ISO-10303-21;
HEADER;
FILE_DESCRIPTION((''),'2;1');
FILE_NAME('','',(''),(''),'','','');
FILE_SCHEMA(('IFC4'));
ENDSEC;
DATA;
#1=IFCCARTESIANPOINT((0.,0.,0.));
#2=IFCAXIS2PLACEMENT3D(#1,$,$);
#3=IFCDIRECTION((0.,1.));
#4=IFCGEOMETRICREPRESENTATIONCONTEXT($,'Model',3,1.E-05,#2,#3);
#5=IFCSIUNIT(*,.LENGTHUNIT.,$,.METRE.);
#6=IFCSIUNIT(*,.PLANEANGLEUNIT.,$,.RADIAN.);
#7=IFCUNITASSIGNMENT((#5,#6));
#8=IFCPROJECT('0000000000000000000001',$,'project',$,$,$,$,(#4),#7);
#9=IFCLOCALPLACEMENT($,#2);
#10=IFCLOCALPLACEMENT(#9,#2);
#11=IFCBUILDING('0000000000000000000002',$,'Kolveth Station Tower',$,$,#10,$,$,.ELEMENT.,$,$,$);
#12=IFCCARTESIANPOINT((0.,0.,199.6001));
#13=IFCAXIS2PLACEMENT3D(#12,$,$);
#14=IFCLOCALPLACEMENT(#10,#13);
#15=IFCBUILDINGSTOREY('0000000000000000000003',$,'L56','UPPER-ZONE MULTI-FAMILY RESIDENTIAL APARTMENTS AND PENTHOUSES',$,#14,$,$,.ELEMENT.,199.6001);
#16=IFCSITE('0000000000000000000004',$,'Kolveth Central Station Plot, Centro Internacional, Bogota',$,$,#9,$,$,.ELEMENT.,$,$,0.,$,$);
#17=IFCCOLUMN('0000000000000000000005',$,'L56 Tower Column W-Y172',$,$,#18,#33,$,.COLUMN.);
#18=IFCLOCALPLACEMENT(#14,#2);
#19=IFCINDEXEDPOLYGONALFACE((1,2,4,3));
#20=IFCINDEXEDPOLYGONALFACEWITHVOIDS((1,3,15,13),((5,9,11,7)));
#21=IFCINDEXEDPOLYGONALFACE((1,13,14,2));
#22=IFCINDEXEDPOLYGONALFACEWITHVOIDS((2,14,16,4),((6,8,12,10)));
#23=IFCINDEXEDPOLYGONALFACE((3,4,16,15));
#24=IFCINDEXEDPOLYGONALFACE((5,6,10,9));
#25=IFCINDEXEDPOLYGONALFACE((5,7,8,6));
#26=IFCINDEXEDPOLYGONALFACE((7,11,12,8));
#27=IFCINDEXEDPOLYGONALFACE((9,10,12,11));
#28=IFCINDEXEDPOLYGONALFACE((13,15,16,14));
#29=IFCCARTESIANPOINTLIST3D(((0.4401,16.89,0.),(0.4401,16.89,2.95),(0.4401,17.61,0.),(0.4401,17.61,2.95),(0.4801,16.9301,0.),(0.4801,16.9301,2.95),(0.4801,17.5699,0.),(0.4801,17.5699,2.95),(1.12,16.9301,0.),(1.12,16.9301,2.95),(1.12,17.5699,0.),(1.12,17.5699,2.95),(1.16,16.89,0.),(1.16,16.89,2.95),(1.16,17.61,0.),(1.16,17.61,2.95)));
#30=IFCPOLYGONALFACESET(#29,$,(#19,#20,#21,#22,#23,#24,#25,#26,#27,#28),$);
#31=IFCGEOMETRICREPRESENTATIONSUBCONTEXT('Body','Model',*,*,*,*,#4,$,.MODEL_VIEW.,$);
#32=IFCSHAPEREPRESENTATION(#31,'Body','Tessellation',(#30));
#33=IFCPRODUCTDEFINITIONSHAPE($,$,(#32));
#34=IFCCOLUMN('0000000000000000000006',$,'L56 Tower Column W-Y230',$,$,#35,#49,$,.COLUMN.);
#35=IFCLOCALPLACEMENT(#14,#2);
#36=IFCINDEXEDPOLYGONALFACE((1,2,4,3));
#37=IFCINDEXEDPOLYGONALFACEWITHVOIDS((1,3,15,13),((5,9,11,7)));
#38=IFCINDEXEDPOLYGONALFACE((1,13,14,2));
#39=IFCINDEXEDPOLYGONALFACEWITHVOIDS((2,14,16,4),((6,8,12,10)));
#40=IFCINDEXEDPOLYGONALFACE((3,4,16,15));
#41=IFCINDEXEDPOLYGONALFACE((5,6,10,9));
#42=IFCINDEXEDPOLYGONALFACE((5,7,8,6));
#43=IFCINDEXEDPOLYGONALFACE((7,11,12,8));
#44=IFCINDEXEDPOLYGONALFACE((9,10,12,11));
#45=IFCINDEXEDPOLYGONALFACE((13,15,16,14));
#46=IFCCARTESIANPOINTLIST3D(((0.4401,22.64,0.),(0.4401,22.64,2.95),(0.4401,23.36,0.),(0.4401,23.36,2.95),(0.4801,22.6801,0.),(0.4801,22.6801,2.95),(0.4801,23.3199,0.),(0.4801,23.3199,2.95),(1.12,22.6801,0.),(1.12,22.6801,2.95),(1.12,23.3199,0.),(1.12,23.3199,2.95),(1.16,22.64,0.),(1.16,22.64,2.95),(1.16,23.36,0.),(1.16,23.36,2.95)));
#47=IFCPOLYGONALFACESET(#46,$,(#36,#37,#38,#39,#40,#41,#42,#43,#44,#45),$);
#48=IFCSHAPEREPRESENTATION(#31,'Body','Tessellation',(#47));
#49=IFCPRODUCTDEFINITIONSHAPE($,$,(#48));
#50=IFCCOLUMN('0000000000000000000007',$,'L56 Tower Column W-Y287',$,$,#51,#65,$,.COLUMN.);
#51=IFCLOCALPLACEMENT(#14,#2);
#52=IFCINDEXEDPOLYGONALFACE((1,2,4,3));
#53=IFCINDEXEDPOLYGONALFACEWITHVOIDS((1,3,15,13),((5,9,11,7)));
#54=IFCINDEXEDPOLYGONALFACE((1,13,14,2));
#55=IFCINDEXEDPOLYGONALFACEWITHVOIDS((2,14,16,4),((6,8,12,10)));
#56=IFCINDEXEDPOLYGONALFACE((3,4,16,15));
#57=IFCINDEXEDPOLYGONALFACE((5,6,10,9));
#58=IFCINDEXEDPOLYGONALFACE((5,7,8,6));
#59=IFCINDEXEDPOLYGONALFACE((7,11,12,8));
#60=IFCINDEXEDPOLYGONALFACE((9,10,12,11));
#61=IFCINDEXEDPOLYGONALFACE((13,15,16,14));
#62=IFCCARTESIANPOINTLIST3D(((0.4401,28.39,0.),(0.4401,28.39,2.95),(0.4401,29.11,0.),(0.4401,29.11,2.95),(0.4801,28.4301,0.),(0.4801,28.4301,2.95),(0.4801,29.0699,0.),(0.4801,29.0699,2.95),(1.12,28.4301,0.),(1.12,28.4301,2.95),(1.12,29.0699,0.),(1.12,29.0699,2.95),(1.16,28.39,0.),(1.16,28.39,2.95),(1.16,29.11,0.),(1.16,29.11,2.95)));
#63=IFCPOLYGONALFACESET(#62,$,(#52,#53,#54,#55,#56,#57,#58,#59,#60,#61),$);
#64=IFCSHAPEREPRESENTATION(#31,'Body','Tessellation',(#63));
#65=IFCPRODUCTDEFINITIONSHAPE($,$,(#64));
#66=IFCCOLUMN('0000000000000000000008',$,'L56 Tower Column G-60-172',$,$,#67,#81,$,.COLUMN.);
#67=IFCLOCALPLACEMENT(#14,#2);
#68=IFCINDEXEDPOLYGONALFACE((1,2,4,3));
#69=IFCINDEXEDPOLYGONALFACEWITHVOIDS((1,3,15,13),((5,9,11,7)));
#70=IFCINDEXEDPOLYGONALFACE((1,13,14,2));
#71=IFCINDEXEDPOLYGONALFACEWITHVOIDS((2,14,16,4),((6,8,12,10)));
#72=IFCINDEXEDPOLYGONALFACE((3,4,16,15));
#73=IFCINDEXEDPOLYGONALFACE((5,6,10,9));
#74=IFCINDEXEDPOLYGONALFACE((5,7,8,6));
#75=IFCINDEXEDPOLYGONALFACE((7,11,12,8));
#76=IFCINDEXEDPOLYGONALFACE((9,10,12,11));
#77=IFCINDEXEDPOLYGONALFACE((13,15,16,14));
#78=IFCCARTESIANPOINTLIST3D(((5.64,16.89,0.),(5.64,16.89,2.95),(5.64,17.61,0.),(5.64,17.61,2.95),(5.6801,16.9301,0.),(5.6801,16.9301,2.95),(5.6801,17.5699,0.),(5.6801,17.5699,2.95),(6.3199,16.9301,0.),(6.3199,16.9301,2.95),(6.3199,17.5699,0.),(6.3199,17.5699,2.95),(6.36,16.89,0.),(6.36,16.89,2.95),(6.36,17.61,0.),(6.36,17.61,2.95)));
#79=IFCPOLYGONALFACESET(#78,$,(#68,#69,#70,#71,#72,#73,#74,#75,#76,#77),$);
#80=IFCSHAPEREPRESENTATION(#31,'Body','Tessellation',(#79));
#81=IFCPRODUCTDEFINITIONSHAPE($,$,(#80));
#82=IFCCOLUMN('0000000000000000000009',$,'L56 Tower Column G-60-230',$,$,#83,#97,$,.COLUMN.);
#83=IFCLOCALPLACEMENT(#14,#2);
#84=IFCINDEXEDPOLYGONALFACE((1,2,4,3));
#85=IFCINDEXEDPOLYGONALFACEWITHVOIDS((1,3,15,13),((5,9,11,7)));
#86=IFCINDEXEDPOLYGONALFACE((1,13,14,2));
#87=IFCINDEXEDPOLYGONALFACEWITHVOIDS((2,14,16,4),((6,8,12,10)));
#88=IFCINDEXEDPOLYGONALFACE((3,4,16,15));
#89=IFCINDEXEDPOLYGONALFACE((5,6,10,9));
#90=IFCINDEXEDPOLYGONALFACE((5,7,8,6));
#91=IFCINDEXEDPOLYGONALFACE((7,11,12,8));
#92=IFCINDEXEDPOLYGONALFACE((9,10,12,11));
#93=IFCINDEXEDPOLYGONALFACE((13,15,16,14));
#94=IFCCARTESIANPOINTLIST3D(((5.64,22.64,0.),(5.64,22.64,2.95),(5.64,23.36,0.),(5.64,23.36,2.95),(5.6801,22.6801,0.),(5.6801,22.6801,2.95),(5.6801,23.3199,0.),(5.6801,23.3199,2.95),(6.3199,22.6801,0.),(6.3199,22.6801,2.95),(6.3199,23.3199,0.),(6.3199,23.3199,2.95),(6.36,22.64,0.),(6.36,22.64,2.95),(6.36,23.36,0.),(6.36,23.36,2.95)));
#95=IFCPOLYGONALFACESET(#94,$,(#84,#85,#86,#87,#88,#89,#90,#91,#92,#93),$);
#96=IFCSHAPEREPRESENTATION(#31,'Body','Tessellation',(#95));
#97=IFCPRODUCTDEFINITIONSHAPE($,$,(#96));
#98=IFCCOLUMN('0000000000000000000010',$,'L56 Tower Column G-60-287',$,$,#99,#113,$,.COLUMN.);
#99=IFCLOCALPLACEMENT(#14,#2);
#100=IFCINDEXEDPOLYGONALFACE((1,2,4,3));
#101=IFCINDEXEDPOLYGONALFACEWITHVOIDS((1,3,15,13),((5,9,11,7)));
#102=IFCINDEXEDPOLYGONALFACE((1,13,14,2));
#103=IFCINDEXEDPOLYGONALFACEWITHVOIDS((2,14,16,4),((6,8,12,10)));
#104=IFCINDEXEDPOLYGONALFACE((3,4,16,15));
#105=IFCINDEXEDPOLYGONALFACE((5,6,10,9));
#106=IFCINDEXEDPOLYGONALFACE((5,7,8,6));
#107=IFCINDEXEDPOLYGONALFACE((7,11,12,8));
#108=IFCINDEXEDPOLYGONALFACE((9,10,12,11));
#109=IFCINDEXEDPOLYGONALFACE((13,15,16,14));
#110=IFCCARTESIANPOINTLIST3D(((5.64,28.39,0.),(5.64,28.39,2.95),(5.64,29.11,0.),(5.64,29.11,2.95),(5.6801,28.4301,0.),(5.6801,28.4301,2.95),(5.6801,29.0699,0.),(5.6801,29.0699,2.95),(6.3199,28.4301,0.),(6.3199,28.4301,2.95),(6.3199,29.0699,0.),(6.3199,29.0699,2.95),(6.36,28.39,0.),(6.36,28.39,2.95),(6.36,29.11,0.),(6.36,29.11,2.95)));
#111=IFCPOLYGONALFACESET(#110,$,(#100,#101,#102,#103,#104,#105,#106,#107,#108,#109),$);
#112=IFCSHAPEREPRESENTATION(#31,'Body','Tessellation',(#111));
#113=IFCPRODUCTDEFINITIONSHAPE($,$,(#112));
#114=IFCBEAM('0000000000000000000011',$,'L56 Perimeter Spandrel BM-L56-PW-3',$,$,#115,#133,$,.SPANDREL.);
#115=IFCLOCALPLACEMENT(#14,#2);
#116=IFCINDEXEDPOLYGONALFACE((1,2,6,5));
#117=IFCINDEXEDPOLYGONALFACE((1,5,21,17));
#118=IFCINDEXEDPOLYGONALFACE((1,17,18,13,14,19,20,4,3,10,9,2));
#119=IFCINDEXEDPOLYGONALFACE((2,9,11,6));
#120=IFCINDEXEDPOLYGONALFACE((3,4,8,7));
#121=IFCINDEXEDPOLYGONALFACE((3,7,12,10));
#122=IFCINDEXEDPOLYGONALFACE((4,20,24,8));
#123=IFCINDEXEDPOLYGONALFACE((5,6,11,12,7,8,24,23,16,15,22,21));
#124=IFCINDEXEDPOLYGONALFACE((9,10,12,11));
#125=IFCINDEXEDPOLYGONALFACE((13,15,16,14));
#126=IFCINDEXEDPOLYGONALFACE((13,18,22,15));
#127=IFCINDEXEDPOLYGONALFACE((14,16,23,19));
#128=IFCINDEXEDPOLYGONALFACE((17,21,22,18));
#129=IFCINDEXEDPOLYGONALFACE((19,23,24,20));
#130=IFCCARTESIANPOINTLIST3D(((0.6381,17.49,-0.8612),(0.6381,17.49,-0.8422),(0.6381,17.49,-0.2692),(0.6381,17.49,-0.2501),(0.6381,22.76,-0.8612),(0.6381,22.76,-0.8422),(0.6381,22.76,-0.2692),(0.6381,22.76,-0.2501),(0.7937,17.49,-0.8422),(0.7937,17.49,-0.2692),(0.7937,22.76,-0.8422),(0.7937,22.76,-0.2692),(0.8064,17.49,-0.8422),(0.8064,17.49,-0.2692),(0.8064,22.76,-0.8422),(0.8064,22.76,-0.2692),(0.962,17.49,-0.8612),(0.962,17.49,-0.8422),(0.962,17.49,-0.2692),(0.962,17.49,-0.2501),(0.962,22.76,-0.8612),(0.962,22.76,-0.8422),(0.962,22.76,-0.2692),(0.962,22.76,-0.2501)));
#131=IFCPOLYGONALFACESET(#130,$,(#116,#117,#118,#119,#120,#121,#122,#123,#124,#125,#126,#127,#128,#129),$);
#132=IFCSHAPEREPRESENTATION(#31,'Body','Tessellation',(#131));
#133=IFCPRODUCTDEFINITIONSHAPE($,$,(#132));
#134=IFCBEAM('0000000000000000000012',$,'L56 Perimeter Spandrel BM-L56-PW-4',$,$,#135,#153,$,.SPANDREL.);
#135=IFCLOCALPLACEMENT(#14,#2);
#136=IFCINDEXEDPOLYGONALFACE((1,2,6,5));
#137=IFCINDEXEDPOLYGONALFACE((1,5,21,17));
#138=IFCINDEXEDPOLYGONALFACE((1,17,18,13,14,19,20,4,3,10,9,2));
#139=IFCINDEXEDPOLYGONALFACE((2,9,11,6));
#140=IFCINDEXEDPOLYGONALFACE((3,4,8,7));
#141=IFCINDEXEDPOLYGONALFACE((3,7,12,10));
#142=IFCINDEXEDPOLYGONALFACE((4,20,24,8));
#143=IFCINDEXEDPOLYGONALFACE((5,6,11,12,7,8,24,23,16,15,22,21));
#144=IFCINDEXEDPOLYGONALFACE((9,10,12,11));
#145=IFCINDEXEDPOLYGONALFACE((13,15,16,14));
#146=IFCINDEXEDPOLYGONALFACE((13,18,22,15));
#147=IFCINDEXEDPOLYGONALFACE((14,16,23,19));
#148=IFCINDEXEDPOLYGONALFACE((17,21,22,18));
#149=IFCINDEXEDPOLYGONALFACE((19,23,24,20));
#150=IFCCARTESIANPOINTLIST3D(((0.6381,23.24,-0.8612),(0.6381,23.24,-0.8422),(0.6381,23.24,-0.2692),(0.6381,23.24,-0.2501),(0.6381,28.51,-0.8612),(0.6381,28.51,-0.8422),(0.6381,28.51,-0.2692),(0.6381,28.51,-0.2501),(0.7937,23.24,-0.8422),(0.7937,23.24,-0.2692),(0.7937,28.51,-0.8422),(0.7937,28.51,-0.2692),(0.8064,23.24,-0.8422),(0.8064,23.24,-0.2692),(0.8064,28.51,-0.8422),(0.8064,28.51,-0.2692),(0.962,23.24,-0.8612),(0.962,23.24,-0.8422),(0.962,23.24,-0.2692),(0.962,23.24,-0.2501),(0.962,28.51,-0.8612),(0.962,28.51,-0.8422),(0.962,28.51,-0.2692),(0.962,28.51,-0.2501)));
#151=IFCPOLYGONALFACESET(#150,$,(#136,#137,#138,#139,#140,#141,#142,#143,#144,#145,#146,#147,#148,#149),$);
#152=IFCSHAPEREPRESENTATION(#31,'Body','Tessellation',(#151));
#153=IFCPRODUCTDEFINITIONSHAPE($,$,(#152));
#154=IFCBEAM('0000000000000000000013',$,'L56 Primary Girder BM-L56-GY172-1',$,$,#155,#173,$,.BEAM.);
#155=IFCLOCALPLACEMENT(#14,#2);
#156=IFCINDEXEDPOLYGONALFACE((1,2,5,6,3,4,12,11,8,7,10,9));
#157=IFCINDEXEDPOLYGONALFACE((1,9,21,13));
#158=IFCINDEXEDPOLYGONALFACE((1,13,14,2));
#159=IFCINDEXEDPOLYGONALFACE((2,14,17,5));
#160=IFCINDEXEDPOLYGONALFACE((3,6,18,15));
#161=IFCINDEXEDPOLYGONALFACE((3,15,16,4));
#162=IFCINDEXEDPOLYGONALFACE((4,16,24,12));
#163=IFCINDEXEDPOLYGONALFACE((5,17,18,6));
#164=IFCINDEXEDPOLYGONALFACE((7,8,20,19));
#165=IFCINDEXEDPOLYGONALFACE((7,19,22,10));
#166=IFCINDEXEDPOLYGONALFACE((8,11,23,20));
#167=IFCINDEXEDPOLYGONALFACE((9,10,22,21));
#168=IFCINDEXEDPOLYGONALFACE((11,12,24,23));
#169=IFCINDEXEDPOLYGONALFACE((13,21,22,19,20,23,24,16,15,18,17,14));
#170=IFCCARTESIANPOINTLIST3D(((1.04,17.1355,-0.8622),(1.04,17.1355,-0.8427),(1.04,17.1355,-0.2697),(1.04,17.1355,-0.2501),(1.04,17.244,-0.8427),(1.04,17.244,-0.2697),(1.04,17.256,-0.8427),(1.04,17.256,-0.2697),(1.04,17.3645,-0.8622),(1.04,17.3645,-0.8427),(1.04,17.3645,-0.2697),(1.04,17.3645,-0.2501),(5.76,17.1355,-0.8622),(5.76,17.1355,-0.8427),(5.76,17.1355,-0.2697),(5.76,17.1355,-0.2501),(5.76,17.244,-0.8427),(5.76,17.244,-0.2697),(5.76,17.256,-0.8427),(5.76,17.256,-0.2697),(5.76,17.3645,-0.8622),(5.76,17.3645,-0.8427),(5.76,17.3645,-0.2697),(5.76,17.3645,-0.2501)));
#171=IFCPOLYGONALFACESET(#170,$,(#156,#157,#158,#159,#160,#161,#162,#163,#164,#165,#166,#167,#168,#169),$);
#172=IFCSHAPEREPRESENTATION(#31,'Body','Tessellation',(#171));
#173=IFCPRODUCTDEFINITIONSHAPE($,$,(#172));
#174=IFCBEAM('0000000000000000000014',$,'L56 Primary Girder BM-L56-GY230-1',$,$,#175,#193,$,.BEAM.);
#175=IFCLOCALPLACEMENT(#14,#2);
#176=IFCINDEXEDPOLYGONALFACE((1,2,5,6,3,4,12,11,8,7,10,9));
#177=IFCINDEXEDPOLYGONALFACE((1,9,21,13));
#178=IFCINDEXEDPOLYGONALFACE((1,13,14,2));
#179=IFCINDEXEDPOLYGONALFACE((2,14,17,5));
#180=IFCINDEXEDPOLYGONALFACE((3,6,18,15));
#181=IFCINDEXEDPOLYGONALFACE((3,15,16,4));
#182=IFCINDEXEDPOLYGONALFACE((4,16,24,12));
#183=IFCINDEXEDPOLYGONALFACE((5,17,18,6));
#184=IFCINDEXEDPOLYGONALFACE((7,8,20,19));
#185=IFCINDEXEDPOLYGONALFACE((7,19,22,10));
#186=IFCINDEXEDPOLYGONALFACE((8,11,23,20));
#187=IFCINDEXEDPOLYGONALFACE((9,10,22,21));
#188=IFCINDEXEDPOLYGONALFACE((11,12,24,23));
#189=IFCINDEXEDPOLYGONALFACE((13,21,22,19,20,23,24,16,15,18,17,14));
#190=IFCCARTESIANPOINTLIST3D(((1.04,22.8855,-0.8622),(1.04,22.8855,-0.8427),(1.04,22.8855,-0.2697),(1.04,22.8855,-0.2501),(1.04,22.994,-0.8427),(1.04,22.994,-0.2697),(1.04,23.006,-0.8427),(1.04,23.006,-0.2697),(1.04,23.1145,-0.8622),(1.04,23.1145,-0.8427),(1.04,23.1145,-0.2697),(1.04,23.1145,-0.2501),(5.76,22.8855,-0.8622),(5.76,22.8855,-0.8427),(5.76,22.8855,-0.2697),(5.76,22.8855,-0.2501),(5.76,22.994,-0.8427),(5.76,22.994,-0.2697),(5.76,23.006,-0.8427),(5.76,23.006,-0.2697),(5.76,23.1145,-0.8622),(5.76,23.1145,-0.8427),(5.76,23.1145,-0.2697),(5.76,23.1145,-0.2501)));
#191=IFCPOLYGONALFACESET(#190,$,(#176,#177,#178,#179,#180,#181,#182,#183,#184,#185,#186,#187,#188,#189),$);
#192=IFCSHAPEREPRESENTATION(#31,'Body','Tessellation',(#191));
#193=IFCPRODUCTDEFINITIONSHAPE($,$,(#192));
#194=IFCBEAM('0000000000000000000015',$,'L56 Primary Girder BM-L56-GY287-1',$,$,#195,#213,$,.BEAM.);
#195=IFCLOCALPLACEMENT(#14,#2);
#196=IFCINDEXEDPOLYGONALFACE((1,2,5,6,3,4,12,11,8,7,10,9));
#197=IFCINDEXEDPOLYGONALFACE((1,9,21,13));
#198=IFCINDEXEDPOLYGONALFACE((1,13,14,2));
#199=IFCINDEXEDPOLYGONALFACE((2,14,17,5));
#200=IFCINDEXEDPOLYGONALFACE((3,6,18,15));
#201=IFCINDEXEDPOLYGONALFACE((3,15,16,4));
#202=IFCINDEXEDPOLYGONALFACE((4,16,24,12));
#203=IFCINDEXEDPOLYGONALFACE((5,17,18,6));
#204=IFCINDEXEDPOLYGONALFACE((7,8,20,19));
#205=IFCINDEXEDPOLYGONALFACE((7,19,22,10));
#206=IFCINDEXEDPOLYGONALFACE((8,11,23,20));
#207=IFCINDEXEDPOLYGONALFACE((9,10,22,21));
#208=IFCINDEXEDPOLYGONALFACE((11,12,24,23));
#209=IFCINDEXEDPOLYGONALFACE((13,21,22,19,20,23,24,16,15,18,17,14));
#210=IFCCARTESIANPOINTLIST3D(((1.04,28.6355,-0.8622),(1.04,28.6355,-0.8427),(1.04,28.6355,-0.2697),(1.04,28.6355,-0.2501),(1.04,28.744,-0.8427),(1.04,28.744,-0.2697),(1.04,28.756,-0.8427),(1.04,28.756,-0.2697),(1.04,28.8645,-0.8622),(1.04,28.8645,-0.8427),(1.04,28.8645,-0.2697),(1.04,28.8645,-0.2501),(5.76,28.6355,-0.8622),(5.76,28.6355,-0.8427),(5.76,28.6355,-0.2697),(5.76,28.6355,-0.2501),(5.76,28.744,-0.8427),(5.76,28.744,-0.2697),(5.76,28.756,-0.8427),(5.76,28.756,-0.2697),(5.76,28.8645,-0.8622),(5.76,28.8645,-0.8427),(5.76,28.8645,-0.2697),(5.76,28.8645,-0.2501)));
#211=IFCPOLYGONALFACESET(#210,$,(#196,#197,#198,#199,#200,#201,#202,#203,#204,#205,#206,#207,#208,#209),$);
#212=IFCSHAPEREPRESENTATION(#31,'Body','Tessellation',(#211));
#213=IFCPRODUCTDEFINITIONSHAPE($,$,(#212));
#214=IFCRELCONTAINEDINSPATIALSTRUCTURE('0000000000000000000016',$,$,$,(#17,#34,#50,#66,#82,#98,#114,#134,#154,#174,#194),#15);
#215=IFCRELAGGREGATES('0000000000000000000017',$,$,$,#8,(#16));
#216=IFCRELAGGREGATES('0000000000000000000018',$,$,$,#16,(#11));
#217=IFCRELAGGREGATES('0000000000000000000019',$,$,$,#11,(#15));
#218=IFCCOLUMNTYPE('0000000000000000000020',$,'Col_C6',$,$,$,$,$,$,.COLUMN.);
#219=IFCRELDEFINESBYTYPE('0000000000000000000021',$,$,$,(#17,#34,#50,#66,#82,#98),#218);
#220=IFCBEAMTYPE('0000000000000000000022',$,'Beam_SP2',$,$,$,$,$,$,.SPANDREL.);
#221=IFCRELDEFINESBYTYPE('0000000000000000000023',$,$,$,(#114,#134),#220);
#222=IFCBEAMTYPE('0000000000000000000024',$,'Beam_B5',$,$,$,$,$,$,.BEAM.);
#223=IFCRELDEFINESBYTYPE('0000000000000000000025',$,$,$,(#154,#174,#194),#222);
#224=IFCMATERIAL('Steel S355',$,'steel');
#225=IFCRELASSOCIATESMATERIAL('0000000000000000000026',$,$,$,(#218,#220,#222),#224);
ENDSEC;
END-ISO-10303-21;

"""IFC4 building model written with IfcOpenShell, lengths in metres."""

from ifc_helpers import new_model, si_unit, direction, frame, origin, origin_2d, place, context, subcontext, project, spatial, hollow_rectangle, i_section, extrude, source, transform, mapped, material, material_profile, profile_set, type_object, element, save


model = new_model("IFC4")

# Units and contexts
model_context = context("Model", 3, precision=1e-05, world=origin(), true_north=direction((0.0, 1.0)))
body_context = subcontext(model_context, "Body", "Model", "MODEL_VIEW")
ifc_project = project(units=[si_unit("LENGTHUNIT", "METRE"), si_unit("PLANEANGLEUNIT", "RADIAN")], contexts=[model_context])

# Site, building, storey
site_placement = place(None, origin())
site = spatial("IfcSite", under=ifc_project, at=site_placement, Name="Kolveth Central Station Plot, Centro Internacional, Bogota", CompositionType="ELEMENT", RefElevation=0.0)
building_placement = place(site_placement, origin())
building = spatial("IfcBuilding", under=site, at=building_placement, Name="Kolveth Station Tower", CompositionType="ELEMENT")
storey_placement = place(building_placement, frame((0.0, 0.0, 199.6001)))
storey = spatial("IfcBuildingStorey", under=building, at=storey_placement, Name="L56", Description="UPPER-ZONE MULTI-FAMILY RESIDENTIAL APARTMENTS AND PENTHOUSES", CompositionType="ELEMENT", Elevation=199.6001)

# Columns
ifc_material_1 = material(Name="Steel S355", Category="steel")
ifc_material_profile_1 = material_profile(ifc_material_1, hollow_rectangle(XDim=0.72, YDim=0.72, WallThickness=0.04, at=origin_2d()), Name="BOX720x720x40")
ifc_profile_set_1 = profile_set([ifc_material_profile_1], Name="Steel S355")
column_type = type_object("IfcColumnType", Name="Col_C6", PredefinedType="COLUMN", material=ifc_profile_set_1)
shared_shape_1 = source(origin(), body_context, "Body", "SweptSolid", [
    extrude(hollow_rectangle(XDim=0.72, YDim=0.72, WallThickness=0.04, at=origin_2d()), origin(), (0.0, 0.0, 1.0), 2.95),
])
for number, where, z_axis, x_axis, name in (
    (1, (0.8, 17.25, 0.0), (0.0, 0.0, 1.0), (1.0, 0.0, 0.0), "L56 Tower Column W-Y172"),
    (2, (0.8, 23.0, 0.0), (0.0, 0.0, 1.0), (1.0, 0.0, 0.0), "L56 Tower Column W-Y230"),
    (3, (0.8, 28.75, 0.0), (0.0, 0.0, 1.0), (1.0, 0.0, 0.0), "L56 Tower Column W-Y287"),
    (4, (6.0, 17.25, 0.0), (0.0, 0.0, 1.0), (1.0, 0.0, 0.0), "L56 Tower Column G-60-172"),
    (5, (6.0, 23.0, 0.0), (0.0, 0.0, 1.0), (1.0, 0.0, 0.0), "L56 Tower Column G-60-230"),
    (6, (6.0, 28.75, 0.0), (0.0, 0.0, 1.0), (1.0, 0.0, 0.0), "L56 Tower Column G-60-287"),
):
    element("IfcColumn", number, at=place(storey_placement, frame(where, z_axis=z_axis, x_axis=x_axis)), inside=storey, type_object=column_type, Name=name, PredefinedType="COLUMN", context=body_context, shape_type="MappedRepresentation", body=[
        mapped(shared_shape_1, transform((0.0, 0.0, 0.0), x_axis=(1.0, 0.0, 0.0), y_axis=(0.0, 1.0, 0.0), z_axis=(0.0, 0.0, 1.0), scale=1.0)),
    ])

# Beams
ifc_material_profile_2 = material_profile(ifc_material_1, i_section(OverallWidth=0.324, OverallDepth=0.6111, WebThickness=0.0127, FlangeThickness=0.019, at=origin_2d()), Name="W610x155")
ifc_profile_set_2 = profile_set([ifc_material_profile_2], Name="Steel S355")
beam_type_1 = type_object("IfcBeamType", Name="Beam_SP2", PredefinedType="SPANDREL", material=ifc_profile_set_2)
shared_shape_2 = source(origin(), body_context, "Body", "SweptSolid", [
    extrude(i_section(OverallWidth=0.324, OverallDepth=0.6111, WebThickness=0.0127, FlangeThickness=0.019, at=origin_2d()), origin(), (0.0, 0.0, 1.0), 5.27),
])
for number, where, z_axis, x_axis, name in (
    (7, (0.8, 17.49, -0.5557), (0.0, 1.0, 0.0), (-1.0, 0.0, 0.0), "L56 Perimeter Spandrel BM-L56-PW-3"),
    (8, (0.8, 23.24, -0.5557), (0.0, 1.0, 0.0), (-1.0, 0.0, 0.0), "L56 Perimeter Spandrel BM-L56-PW-4"),
):
    element("IfcBeam", number, at=place(storey_placement, frame(where, z_axis=z_axis, x_axis=x_axis)), inside=storey, type_object=beam_type_1, Name=name, PredefinedType="SPANDREL", context=body_context, shape_type="MappedRepresentation", body=[
        mapped(shared_shape_2, transform((0.0, 0.0, 0.0), x_axis=(1.0, 0.0, 0.0), y_axis=(0.0, 1.0, 0.0), z_axis=(0.0, 0.0, 1.0), scale=1.0)),
    ])
ifc_material_profile_3 = material_profile(ifc_material_1, i_section(OverallWidth=0.229, OverallDepth=0.6121, WebThickness=0.012, FlangeThickness=0.0195, at=origin_2d()), Name="W610x125")
ifc_profile_set_3 = profile_set([ifc_material_profile_3], Name="Steel S355")
beam_type_2 = type_object("IfcBeamType", Name="Beam_B5", PredefinedType="BEAM", material=ifc_profile_set_3)
shared_shape_3 = source(origin(), body_context, "Body", "SweptSolid", [
    extrude(i_section(OverallWidth=0.229, OverallDepth=0.6121, WebThickness=0.012, FlangeThickness=0.0195, at=origin_2d()), origin(), (0.0, 0.0, 1.0), 4.72),
])
for number, where, z_axis, x_axis, name in (
    (9, (1.04, 17.25, -0.5562), (1.0, 0.0, 0.0), (0.0, 1.0, 0.0), "L56 Primary Girder BM-L56-GY172-1"),
    (10, (1.04, 23.0, -0.5562), (1.0, 0.0, 0.0), (0.0, 1.0, 0.0), "L56 Primary Girder BM-L56-GY230-1"),
    (11, (1.04, 28.75, -0.5562), (1.0, 0.0, 0.0), (0.0, 1.0, 0.0), "L56 Primary Girder BM-L56-GY287-1"),
):
    element("IfcBeam", number, at=place(storey_placement, frame(where, z_axis=z_axis, x_axis=x_axis)), inside=storey, type_object=beam_type_2, Name=name, PredefinedType="BEAM", context=body_context, shape_type="MappedRepresentation", body=[
        mapped(shared_shape_3, transform((0.0, 0.0, 0.0), x_axis=(1.0, 0.0, 0.0), y_axis=(0.0, 1.0, 0.0), z_axis=(0.0, 0.0, 1.0), scale=1.0)),
    ])

save(model, "model.ifc")
